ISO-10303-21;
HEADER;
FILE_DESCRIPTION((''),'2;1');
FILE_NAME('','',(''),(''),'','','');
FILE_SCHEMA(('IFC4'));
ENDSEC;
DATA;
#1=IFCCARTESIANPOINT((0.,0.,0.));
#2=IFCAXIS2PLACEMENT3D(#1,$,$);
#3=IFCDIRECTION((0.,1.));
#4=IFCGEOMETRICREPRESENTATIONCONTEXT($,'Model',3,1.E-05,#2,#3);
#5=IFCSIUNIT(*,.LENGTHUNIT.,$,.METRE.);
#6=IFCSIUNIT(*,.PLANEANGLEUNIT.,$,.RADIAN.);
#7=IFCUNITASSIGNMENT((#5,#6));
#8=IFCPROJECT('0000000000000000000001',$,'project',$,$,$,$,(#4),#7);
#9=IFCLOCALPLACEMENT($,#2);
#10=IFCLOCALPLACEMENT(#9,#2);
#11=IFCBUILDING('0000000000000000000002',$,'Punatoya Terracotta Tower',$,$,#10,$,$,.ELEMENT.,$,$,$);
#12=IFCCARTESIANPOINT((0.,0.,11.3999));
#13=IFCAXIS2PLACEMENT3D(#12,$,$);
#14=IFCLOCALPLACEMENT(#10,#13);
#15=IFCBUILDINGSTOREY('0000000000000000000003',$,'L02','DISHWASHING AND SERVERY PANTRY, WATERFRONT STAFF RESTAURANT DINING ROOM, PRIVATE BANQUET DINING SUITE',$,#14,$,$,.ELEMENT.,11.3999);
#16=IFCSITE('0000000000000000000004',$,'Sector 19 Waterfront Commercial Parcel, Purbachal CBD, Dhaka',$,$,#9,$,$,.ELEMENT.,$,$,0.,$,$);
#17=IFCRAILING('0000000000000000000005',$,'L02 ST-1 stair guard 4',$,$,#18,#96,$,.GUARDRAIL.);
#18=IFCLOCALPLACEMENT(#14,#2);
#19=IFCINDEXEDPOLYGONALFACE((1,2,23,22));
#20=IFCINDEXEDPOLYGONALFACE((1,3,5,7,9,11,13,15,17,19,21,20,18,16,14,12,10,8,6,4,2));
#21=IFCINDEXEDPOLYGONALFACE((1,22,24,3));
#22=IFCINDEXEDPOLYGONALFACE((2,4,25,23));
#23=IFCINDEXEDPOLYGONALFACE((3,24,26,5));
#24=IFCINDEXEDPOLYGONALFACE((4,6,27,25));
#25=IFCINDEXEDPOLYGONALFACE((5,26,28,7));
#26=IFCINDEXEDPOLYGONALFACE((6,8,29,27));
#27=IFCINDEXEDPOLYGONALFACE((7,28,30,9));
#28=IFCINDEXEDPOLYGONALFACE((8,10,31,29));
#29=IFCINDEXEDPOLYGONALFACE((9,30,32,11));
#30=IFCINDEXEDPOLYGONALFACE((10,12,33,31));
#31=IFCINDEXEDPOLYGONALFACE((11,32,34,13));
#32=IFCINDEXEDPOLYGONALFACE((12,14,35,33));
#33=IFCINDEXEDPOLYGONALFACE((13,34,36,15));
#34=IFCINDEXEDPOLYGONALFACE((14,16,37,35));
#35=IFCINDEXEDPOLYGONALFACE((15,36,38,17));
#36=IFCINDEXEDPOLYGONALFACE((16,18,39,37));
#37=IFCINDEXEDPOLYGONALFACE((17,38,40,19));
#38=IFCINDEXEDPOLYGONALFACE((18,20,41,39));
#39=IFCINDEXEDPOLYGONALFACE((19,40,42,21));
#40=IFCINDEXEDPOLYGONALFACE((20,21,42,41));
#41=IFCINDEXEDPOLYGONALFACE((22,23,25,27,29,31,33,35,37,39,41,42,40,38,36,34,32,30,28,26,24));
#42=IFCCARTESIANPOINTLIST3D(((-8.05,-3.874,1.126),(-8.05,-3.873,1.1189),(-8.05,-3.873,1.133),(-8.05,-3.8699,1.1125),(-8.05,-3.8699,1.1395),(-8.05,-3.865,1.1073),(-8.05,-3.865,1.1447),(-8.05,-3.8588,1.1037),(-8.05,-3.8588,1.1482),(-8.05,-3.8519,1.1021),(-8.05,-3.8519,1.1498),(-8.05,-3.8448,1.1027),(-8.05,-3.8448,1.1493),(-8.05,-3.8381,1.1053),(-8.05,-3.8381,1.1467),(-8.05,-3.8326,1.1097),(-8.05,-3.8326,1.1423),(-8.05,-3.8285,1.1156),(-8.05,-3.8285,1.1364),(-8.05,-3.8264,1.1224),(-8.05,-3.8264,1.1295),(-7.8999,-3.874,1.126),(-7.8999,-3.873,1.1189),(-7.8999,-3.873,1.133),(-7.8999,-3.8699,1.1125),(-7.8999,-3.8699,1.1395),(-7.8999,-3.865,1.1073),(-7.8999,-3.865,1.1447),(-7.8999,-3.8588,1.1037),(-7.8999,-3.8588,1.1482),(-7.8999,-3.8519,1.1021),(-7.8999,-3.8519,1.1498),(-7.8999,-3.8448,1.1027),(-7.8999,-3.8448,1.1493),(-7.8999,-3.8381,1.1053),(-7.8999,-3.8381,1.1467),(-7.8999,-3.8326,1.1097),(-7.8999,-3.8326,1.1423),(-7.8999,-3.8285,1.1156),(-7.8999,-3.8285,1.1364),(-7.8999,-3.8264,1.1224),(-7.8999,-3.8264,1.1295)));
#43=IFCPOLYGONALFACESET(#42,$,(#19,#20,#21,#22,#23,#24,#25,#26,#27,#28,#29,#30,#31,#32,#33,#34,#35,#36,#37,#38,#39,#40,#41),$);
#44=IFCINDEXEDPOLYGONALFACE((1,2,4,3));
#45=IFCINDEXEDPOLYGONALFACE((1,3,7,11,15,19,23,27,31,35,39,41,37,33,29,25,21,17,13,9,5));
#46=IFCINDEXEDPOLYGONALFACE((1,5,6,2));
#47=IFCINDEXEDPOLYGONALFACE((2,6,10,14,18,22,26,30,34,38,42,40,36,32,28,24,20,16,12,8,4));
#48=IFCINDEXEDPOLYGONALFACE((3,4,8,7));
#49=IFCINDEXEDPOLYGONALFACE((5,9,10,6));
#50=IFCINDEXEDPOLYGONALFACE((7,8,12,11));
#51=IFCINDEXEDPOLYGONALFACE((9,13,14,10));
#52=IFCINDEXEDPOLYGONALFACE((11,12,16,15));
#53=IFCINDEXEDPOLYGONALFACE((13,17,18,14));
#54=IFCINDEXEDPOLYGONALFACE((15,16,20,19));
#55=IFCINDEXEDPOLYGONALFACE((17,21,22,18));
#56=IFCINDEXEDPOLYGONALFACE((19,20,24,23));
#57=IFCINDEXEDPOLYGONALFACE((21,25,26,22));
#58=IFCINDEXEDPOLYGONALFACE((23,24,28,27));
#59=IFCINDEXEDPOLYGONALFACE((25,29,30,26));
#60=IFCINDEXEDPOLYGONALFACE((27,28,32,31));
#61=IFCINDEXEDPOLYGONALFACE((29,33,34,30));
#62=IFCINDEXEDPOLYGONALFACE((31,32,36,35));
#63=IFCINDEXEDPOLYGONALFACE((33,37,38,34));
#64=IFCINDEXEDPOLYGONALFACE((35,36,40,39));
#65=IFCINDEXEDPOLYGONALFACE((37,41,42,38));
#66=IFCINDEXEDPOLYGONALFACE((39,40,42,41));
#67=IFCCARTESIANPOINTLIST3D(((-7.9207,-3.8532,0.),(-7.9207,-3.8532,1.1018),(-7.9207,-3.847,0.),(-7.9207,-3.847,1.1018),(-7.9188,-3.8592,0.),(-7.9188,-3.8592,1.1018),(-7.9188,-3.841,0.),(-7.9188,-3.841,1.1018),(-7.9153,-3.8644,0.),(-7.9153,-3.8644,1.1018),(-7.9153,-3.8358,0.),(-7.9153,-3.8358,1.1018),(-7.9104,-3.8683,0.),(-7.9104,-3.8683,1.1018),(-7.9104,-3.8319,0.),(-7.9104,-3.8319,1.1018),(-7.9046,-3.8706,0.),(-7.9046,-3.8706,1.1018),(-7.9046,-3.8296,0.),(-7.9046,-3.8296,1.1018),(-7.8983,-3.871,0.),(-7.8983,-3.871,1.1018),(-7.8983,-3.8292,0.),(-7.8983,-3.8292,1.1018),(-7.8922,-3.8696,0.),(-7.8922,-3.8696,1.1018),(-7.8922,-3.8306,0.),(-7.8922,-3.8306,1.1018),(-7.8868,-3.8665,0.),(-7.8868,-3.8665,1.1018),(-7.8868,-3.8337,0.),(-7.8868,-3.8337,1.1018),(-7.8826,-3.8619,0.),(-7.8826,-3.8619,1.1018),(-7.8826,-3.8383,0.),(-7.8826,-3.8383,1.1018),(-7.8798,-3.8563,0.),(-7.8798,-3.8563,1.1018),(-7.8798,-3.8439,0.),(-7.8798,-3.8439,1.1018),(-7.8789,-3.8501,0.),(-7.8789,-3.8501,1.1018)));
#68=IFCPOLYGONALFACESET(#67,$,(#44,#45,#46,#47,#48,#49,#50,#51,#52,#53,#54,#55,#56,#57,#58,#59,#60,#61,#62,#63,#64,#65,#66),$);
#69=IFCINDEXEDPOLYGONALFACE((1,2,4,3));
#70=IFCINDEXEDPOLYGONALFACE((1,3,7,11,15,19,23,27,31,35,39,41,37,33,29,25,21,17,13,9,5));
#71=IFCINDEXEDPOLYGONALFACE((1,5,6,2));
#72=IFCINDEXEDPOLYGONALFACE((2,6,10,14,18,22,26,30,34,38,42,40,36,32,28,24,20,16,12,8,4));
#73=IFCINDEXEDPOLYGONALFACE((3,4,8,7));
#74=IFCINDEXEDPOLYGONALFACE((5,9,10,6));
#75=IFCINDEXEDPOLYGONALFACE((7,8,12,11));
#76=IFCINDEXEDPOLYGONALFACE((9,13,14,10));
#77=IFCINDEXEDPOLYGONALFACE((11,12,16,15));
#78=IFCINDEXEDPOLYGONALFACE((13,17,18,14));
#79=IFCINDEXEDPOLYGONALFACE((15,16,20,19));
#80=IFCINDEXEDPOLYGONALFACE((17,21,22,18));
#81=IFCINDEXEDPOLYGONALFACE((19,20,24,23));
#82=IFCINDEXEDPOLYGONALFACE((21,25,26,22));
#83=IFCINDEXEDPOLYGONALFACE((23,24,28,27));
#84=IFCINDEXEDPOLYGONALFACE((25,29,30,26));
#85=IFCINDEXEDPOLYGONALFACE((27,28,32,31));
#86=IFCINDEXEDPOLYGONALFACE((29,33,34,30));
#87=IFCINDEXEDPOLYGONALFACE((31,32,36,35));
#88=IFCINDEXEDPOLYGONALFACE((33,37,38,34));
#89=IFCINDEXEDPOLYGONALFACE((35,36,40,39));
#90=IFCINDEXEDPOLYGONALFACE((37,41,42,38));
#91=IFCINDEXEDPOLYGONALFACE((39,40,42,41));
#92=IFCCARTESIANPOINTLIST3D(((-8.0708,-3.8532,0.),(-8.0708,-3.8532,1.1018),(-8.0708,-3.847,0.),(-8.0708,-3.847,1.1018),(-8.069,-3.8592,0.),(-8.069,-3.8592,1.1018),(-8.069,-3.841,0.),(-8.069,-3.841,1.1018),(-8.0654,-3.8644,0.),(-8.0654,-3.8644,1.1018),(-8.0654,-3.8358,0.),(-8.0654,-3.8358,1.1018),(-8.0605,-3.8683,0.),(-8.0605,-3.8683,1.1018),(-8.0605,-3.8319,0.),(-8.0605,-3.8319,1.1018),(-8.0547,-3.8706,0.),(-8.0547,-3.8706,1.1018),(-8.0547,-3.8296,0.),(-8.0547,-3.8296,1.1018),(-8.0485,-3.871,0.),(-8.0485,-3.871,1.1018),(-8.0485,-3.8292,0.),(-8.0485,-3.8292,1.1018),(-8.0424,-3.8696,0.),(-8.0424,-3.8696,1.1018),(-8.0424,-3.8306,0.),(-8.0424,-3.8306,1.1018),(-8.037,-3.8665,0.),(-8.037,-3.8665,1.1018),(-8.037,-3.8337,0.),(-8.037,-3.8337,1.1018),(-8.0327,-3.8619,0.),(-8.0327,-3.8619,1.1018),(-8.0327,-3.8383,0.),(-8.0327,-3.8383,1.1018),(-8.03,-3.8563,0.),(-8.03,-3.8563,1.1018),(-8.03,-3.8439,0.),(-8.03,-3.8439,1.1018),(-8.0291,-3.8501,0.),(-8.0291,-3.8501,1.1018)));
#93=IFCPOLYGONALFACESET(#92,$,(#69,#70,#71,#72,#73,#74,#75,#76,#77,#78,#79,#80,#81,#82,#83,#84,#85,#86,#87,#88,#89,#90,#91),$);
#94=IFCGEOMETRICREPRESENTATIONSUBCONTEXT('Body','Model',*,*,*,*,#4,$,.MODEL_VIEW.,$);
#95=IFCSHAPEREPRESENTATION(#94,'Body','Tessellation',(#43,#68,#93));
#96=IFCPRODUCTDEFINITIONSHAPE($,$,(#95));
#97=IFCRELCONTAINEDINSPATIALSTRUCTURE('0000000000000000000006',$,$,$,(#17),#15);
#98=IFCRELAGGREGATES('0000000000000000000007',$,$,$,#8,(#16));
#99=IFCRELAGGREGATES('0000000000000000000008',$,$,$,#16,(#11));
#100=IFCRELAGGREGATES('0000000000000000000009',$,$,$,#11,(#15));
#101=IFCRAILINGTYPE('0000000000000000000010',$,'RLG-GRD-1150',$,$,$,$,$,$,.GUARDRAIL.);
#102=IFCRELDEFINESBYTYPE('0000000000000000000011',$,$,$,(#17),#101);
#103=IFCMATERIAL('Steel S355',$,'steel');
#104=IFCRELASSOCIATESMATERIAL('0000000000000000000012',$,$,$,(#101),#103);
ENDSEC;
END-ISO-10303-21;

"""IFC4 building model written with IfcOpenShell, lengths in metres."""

from ifc_helpers import new_model, si_unit, direction, frame, origin, origin_2d, place, context, subcontext, project, spatial, circle, extrude, material, type_object, element, save


model = new_model("IFC4")

# Units and contexts
model_context = context("Model", 3, precision=1e-05, world=origin(), true_north=direction((0.0, 1.0)))
body_context = subcontext(model_context, "Body", "Model", "MODEL_VIEW")
ifc_project = project(units=[si_unit("LENGTHUNIT", "METRE"), si_unit("PLANEANGLEUNIT", "RADIAN")], contexts=[model_context])

# Site, building, storey
site_placement = place(None, origin())
site = spatial("IfcSite", under=ifc_project, at=site_placement, Name="Sector 19 Waterfront Commercial Parcel, Purbachal CBD, Dhaka", CompositionType="ELEMENT", RefElevation=0.0)
building_placement = place(site_placement, origin())
building = spatial("IfcBuilding", under=site, at=building_placement, Name="Punatoya Terracotta Tower", CompositionType="ELEMENT")
storey_placement = place(building_placement, frame((0.0, 0.0, 11.3999)))
storey = spatial("IfcBuildingStorey", under=building, at=storey_placement, Name="L02", Description="DISHWASHING AND SERVERY PANTRY, WATERFRONT STAFF RESTAURANT DINING ROOM, PRIVATE BANQUET DINING SUITE", CompositionType="ELEMENT", Elevation=11.3999)

# Shared definitions
ifc_material_1 = material(Name="Steel S355", Category="steel")

# Railing
railing_type_1 = type_object("IfcRailingType", Name="RLG-GRD-1150", PredefinedType="GUARDRAIL", material=ifc_material_1)
railing_1_placement = place(storey_placement, frame((-7.8999, -3.8501, 0.0)))
element("IfcRailing", 1, at=railing_1_placement, inside=storey, type_object=railing_type_1, Name="L02 ST-1 stair guard 4", PredefinedType="GUARDRAIL", context=body_context, shape_type="SweptSolid", body=[
    extrude(circle(Radius=0.0239, at=origin_2d()), frame((0.0, 0.0, 1.126), z_axis=(-1.0, 0.0, 0.0), x_axis=(0.0, -1.0, 0.0)), (0.0, 0.0, 1.0), 0.1501),
    extrude(circle(Radius=0.021, at=origin_2d()), origin(), (0.0, 0.0, 1.0), 1.1018),
    extrude(circle(Radius=0.021, at=origin_2d()), frame((-0.1501, 0.0, 0.0)), (0.0, 0.0, 1.0), 1.1018),
])

save(model, "model.ifc")
